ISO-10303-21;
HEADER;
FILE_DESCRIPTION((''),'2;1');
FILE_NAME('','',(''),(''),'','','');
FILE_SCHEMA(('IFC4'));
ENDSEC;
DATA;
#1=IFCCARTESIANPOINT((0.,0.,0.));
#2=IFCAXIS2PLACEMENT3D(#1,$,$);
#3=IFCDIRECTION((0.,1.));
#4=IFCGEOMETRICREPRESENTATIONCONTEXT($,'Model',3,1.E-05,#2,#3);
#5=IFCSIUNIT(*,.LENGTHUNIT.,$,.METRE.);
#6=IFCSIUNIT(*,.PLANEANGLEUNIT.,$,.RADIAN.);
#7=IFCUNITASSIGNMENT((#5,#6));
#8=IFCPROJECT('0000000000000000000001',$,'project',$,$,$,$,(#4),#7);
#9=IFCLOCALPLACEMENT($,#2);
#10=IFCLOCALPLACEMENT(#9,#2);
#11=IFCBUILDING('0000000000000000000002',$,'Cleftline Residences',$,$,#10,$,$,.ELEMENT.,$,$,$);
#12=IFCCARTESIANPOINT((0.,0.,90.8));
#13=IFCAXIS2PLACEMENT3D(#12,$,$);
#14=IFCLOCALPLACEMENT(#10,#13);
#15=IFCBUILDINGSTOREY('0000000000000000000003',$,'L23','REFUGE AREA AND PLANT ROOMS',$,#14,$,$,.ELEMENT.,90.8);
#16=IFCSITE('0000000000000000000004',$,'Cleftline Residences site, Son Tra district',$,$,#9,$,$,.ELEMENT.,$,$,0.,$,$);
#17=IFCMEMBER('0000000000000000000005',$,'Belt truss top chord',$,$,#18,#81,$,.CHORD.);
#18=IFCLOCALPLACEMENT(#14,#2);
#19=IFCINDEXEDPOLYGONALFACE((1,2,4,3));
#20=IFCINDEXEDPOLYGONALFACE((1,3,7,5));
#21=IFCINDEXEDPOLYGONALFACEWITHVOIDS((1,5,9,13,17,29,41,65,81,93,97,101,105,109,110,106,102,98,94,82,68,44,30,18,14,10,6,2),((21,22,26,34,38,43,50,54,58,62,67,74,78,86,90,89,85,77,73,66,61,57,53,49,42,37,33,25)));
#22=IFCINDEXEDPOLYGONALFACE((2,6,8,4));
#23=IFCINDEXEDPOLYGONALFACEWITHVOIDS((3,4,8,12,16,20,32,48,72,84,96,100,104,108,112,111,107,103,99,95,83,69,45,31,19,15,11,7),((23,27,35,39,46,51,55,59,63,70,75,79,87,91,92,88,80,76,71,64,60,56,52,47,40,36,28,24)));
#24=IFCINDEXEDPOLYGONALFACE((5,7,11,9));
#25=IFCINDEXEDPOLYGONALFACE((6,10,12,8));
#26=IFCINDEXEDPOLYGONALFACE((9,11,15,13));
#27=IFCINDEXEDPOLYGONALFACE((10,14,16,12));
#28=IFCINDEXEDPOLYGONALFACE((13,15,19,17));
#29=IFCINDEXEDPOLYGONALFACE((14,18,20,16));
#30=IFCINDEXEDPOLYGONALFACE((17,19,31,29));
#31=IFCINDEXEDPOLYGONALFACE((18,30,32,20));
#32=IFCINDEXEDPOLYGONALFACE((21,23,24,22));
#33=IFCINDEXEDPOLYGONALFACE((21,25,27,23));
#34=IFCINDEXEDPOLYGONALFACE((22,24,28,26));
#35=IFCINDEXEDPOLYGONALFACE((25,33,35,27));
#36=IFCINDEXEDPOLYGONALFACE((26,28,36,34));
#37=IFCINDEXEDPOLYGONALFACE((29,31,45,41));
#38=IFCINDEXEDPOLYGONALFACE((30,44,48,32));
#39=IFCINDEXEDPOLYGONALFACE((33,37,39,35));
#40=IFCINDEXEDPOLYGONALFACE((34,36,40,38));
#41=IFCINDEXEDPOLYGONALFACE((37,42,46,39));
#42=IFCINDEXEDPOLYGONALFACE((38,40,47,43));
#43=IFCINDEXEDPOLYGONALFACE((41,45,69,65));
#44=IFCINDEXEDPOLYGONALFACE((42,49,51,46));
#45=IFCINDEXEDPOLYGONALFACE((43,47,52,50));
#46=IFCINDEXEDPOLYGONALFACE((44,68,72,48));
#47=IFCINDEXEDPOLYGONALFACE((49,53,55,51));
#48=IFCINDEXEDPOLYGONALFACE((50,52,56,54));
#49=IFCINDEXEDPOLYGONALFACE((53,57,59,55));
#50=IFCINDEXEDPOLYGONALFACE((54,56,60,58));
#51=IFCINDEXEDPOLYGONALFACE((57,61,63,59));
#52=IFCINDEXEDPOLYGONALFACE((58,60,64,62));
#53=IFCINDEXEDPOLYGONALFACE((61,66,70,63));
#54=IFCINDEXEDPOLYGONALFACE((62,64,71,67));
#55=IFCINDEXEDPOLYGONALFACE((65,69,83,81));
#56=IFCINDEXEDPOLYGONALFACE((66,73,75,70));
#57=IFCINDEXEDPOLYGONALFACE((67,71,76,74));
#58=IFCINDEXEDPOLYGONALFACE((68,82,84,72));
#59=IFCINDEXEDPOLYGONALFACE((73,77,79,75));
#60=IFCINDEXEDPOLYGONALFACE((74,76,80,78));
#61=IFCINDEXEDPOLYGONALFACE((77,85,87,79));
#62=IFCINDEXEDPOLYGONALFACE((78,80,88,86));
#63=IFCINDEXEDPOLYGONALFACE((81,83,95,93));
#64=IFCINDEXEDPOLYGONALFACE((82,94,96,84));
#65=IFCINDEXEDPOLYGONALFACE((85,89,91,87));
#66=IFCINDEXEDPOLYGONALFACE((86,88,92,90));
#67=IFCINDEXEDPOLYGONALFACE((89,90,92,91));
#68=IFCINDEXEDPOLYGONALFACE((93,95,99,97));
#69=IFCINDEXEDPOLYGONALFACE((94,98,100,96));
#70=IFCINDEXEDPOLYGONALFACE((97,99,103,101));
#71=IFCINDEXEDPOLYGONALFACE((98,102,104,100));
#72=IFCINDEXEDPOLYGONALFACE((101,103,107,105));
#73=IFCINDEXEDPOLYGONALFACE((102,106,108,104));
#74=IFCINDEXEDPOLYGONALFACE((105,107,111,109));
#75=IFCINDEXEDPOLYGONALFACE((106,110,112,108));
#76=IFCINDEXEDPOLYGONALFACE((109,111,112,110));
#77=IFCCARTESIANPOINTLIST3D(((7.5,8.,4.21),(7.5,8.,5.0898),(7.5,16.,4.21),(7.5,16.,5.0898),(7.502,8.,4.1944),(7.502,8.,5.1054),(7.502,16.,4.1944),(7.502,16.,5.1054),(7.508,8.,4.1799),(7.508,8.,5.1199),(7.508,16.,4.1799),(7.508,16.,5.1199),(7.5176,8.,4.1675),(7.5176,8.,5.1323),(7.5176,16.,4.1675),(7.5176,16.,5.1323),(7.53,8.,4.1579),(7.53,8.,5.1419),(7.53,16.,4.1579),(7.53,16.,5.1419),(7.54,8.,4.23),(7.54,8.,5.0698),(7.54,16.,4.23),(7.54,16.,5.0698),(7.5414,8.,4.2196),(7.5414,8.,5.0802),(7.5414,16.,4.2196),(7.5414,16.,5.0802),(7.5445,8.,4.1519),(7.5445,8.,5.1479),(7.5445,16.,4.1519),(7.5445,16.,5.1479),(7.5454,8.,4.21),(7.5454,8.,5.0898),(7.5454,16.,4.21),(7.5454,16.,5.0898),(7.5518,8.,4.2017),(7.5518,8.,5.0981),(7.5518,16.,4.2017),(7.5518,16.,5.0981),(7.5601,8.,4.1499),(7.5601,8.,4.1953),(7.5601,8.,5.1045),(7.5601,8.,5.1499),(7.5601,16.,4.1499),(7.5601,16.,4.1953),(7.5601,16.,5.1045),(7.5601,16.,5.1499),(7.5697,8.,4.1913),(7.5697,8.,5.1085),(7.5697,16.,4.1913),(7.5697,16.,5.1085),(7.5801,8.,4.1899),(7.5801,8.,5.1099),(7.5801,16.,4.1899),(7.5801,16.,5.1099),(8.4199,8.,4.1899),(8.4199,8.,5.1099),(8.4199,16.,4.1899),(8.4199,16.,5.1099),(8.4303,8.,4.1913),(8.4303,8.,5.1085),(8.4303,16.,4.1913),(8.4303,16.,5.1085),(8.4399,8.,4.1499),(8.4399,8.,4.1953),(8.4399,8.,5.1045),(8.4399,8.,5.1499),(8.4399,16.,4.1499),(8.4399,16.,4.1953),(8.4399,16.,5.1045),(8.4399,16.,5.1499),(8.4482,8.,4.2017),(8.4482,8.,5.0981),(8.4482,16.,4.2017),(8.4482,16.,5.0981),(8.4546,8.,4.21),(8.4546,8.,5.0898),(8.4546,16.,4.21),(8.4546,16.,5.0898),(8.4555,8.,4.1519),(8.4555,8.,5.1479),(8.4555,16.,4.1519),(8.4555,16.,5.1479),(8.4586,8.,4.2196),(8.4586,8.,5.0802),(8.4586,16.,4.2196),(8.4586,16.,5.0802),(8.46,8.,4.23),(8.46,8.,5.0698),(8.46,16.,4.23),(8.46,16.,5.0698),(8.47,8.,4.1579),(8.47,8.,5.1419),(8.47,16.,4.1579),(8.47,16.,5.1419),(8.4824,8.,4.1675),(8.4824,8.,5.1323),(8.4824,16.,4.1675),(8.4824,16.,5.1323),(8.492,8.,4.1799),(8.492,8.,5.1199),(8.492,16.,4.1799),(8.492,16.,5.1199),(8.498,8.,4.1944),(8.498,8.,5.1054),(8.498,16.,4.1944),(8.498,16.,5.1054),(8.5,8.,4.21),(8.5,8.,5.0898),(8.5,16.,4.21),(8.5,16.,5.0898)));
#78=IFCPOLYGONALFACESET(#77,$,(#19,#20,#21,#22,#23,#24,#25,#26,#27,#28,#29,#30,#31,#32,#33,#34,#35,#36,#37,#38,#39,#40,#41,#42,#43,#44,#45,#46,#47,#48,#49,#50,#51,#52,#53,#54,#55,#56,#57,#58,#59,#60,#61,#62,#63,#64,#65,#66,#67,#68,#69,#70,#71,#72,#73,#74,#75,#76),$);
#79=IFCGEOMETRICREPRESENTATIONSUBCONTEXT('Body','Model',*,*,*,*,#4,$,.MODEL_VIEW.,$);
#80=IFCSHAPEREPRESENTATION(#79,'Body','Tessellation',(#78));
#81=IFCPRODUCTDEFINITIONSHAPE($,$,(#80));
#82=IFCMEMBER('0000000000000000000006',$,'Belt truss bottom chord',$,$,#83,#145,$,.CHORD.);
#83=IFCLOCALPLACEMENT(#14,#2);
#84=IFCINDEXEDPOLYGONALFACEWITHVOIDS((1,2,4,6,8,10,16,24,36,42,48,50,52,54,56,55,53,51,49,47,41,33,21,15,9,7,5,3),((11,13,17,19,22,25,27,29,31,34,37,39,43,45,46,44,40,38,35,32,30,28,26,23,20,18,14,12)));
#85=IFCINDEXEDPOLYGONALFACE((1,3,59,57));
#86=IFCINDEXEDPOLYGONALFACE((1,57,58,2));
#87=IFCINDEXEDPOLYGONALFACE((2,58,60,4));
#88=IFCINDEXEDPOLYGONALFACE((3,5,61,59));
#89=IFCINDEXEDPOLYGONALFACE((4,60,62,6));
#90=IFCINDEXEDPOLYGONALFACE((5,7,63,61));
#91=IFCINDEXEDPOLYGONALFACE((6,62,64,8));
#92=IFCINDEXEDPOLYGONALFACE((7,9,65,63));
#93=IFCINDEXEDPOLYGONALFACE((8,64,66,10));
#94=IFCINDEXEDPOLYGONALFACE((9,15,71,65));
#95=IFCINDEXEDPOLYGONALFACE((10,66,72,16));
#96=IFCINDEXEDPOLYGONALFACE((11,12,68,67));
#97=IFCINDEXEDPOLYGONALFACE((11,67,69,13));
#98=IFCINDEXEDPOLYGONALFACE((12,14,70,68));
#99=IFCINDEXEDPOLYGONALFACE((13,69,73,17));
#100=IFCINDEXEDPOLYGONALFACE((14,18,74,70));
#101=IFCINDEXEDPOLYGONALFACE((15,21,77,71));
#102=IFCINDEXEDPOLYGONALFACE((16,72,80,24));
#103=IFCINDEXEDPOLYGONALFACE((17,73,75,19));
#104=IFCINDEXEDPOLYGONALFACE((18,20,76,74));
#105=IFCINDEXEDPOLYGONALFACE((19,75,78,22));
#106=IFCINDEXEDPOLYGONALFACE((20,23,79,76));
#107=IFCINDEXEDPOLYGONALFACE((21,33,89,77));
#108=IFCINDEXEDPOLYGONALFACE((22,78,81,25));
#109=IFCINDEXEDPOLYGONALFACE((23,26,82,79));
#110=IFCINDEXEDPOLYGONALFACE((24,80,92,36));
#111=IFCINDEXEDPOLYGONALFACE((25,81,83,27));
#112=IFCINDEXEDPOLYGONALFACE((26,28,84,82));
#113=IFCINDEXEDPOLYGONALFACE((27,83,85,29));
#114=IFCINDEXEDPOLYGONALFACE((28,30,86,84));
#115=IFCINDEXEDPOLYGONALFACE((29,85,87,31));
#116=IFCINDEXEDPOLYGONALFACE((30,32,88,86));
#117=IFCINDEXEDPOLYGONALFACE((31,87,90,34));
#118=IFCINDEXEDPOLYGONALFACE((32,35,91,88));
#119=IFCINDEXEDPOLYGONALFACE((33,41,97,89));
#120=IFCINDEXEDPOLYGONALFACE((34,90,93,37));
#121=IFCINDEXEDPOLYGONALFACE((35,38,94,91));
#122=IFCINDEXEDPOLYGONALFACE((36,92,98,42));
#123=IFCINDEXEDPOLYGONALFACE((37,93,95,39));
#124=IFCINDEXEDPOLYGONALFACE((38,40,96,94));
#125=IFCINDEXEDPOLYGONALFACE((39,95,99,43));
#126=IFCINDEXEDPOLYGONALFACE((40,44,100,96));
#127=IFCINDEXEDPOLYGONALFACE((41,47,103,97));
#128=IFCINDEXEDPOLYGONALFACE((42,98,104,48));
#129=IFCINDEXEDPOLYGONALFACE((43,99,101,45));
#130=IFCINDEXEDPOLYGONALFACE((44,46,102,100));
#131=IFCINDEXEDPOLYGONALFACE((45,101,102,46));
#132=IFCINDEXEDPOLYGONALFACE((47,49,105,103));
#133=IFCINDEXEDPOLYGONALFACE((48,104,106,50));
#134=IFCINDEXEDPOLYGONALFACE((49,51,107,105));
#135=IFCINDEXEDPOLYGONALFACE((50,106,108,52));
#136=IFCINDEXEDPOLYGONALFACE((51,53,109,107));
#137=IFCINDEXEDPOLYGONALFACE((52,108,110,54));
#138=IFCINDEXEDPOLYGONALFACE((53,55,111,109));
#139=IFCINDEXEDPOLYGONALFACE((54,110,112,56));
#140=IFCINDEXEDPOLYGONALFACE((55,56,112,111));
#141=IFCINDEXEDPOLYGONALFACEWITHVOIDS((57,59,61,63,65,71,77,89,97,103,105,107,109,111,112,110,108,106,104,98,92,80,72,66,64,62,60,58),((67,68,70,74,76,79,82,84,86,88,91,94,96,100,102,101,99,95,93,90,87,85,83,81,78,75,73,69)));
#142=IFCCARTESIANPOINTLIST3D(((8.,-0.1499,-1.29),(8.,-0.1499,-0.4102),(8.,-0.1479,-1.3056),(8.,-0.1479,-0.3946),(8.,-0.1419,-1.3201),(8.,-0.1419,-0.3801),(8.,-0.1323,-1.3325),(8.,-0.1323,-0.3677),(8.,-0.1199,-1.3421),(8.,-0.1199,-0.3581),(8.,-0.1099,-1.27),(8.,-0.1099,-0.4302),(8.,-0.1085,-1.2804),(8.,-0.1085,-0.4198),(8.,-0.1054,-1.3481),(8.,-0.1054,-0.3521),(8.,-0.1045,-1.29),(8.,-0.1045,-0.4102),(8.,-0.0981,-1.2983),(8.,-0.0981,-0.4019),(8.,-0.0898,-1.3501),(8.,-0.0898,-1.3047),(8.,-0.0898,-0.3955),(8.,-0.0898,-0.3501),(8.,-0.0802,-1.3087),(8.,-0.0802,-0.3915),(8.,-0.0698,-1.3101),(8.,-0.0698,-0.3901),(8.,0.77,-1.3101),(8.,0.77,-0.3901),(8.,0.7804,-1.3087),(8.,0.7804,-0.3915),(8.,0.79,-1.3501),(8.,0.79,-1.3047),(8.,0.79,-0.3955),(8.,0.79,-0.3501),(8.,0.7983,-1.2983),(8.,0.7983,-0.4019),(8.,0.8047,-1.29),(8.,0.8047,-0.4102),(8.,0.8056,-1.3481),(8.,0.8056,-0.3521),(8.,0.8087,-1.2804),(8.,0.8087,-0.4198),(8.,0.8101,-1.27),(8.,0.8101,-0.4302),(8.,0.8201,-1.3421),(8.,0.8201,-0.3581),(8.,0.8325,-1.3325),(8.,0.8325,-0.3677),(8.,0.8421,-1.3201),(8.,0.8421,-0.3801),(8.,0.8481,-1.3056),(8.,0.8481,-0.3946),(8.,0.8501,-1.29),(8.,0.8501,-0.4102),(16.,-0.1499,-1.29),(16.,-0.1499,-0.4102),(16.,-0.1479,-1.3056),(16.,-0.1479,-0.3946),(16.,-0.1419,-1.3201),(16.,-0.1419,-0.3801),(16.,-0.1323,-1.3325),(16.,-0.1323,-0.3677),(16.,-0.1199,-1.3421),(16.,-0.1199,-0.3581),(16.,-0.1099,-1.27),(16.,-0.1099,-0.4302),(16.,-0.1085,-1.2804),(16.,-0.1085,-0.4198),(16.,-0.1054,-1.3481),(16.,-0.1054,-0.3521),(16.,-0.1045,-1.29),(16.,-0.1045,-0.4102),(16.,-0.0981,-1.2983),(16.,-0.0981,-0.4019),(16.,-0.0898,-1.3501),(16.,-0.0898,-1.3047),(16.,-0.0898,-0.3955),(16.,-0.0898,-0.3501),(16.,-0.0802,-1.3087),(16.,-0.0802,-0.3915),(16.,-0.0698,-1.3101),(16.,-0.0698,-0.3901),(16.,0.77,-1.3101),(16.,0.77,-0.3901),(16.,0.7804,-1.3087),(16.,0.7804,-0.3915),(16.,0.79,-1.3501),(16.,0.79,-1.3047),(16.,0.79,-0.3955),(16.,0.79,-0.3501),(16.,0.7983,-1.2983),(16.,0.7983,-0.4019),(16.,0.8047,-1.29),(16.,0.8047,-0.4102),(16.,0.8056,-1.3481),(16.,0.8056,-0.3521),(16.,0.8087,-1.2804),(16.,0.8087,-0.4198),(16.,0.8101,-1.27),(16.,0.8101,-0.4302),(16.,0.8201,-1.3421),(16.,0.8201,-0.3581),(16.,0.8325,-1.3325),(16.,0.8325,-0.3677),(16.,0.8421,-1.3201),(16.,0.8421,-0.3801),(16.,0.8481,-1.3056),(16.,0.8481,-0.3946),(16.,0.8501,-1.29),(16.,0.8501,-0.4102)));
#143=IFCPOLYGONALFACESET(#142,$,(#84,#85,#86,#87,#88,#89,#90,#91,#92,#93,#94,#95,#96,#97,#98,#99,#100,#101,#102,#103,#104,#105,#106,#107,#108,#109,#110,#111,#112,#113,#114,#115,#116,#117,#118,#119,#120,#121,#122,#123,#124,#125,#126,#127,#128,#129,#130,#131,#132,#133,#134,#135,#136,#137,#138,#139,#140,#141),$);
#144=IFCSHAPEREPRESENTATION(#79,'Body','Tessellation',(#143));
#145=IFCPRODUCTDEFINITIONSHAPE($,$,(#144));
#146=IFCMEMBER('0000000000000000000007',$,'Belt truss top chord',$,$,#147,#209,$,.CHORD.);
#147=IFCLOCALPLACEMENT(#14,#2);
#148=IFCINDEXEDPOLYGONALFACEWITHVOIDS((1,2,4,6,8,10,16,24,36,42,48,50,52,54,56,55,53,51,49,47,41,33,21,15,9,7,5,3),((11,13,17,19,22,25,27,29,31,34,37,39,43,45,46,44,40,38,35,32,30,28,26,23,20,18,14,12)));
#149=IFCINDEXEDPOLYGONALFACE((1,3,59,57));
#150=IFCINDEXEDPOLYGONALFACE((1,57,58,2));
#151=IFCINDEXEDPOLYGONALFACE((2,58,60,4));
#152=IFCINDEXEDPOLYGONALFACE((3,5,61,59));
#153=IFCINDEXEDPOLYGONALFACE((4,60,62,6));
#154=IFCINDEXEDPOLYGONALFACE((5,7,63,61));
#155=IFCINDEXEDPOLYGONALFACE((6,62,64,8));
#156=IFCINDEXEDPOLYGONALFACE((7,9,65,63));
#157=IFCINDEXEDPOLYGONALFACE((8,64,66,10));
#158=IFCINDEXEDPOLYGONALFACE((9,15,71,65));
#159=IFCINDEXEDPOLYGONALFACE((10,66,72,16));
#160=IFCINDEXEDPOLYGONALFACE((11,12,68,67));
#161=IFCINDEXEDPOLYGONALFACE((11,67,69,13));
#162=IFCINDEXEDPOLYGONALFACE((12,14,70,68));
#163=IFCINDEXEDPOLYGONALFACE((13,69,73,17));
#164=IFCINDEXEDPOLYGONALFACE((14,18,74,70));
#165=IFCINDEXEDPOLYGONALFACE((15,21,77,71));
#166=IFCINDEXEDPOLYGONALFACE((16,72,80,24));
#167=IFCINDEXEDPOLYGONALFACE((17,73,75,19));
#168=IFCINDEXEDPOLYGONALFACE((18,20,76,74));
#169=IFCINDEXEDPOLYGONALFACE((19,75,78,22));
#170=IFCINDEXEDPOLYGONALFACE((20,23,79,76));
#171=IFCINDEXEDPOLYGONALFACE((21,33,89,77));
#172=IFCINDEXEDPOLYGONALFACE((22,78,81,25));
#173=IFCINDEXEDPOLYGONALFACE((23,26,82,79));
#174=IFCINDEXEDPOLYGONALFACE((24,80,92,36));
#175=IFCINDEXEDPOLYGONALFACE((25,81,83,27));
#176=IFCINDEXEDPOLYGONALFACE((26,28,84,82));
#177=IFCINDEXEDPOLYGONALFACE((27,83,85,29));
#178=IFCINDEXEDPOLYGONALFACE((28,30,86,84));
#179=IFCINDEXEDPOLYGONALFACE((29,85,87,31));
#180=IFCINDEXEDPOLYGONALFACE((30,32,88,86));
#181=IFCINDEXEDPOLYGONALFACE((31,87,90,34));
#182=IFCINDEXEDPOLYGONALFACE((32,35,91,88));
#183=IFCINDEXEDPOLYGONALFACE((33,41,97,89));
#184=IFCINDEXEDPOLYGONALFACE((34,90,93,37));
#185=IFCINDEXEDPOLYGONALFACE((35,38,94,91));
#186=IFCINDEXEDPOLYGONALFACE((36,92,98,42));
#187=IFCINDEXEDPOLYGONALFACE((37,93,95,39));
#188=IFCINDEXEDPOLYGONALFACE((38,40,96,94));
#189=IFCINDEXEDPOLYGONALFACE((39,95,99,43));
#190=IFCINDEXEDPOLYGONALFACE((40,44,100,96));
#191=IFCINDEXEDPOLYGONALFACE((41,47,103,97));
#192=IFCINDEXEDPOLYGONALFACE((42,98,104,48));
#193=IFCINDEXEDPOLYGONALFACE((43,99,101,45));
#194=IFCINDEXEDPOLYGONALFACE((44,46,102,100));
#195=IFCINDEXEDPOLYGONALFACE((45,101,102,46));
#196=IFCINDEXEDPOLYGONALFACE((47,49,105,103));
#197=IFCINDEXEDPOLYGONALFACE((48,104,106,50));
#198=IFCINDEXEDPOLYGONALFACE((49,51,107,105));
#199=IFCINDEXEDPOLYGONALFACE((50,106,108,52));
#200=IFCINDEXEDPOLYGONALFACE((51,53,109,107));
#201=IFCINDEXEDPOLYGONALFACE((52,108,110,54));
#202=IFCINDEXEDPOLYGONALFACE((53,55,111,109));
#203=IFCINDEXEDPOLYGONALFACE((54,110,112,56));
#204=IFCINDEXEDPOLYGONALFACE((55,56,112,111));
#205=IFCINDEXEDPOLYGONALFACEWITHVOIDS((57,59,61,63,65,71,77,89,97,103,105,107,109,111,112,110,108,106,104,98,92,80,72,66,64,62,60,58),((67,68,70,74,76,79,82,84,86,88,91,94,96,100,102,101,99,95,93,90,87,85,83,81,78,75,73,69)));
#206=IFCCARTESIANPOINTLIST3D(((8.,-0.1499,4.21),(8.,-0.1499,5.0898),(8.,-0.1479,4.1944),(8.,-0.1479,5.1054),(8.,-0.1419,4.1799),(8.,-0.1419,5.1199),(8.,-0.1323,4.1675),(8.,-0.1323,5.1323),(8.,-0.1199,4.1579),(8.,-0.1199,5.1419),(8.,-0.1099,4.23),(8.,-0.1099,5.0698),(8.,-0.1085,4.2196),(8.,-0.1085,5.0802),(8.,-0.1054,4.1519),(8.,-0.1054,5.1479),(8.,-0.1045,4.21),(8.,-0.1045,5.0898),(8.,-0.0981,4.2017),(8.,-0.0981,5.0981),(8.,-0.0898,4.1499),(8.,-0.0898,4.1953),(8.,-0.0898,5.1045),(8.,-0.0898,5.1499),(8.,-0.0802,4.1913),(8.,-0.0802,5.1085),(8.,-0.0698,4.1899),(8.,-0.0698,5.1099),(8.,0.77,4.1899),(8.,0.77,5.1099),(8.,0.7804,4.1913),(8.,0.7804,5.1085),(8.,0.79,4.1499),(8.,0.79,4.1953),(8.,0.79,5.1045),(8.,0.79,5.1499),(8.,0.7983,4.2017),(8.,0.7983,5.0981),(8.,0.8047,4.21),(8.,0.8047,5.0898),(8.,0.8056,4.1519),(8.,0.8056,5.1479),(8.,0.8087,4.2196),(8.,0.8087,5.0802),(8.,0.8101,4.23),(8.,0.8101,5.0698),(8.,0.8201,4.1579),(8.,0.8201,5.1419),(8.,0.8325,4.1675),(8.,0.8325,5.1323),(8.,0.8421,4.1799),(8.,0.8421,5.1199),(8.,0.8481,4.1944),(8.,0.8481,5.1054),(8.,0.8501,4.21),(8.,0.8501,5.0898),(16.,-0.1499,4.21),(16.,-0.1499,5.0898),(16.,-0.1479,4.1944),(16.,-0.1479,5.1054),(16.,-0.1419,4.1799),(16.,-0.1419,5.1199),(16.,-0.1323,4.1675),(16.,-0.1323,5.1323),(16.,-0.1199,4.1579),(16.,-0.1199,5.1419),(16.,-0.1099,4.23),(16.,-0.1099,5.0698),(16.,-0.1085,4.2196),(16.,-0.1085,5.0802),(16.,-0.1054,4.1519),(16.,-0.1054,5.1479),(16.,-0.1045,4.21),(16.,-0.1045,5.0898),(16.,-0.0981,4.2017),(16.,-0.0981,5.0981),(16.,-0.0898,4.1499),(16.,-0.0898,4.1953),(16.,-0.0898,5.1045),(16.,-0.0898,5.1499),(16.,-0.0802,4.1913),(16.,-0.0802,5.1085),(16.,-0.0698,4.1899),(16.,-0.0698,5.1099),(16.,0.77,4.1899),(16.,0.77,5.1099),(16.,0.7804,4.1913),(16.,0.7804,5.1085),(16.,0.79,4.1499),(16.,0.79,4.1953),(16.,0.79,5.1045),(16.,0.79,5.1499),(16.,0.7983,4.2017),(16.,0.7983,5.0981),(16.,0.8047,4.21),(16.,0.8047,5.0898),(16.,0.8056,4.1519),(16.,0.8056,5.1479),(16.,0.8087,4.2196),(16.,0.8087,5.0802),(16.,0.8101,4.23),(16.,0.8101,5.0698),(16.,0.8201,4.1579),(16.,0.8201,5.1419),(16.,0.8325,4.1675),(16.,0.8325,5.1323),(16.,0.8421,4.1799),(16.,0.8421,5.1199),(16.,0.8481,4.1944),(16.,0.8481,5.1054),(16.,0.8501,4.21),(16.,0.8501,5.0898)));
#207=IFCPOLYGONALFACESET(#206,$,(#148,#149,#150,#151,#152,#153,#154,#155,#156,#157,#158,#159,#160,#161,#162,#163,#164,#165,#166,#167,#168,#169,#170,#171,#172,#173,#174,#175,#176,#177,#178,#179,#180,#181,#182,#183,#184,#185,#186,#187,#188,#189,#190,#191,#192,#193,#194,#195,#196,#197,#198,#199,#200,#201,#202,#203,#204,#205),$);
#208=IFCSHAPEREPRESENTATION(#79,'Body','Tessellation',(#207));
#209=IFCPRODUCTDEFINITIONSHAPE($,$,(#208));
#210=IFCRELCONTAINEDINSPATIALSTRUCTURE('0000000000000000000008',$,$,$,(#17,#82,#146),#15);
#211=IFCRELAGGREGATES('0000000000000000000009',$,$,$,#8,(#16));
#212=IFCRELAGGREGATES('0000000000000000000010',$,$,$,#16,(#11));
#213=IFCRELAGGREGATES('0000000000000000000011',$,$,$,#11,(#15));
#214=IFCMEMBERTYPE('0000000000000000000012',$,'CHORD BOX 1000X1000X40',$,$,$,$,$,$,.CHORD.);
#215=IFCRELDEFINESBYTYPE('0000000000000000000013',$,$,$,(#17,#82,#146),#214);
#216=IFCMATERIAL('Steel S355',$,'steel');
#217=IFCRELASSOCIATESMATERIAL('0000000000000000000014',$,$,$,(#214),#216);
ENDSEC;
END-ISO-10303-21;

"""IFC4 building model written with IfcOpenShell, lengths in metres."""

from ifc_helpers import new_model, si_unit, direction, frame, origin, origin_2d, place, context, subcontext, project, spatial, hollow_rectangle, extrude, material, material_profile, profile_set, type_object, element, save


model = new_model("IFC4")

# Units and contexts
model_context = context("Model", 3, precision=1e-05, world=origin(), true_north=direction((0.0, 1.0)))
body_context = subcontext(model_context, "Body", "Model", "MODEL_VIEW")
ifc_project = project(units=[si_unit("LENGTHUNIT", "METRE"), si_unit("PLANEANGLEUNIT", "RADIAN")], contexts=[model_context])

# Site, building, storey
site_placement = place(None, origin())
site = spatial("IfcSite", under=ifc_project, at=site_placement, Name="Cleftline Residences site, Son Tra district", CompositionType="ELEMENT", RefElevation=0.0)
building_placement = place(site_placement, origin())
building = spatial("IfcBuilding", under=site, at=building_placement, Name="Cleftline Residences", CompositionType="ELEMENT")
storey_placement = place(building_placement, frame((0.0, 0.0, 90.8)))
storey = spatial("IfcBuildingStorey", under=building, at=storey_placement, Name="L23", Description="REFUGE AREA AND PLANT ROOMS", CompositionType="ELEMENT", Elevation=90.8)

# Members
ifc_material_1 = material(Name="Steel S355", Category="steel")
ifc_material_profile_1 = material_profile(ifc_material_1, hollow_rectangle(XDim=1.0, YDim=1.0, WallThickness=0.04, InnerFilletRadius=0.04, OuterFilletRadius=0.0601, at=origin_2d()))
ifc_profile_set_1 = profile_set([ifc_material_profile_1], Name="Steel S355")
member_type_1 = type_object("IfcMemberType", Name="CHORD BOX 1000X1000X40", PredefinedType="CHORD", material=ifc_profile_set_1)
for number, where, z_axis, x_axis, name in (
    (1, (8.0, 8.0, 4.6499), (0.0, 1.0, 0.0), (-1.0, 0.0, 0.0), "Belt truss top chord"),
    (2, (8.0, 0.3501, -0.8501), (1.0, 0.0, 0.0), (0.0, 1.0, 0.0), "Belt truss bottom chord"),
    (3, (8.0, 0.3501, 4.6499), (1.0, 0.0, 0.0), (0.0, 1.0, 0.0), "Belt truss top chord"),
):
    element("IfcMember", number, at=place(storey_placement, frame(where, z_axis=z_axis, x_axis=x_axis)), inside=storey, type_object=member_type_1, Name=name, PredefinedType="CHORD", context=body_context, shape_type="SweptSolid", body=[
        extrude(hollow_rectangle(XDim=1.0, YDim=1.0, WallThickness=0.04, InnerFilletRadius=0.04, OuterFilletRadius=0.0601, at=origin_2d()), origin(), (0.0, 0.0, 1.0), 8.0),
    ])

save(model, "model.ifc")
